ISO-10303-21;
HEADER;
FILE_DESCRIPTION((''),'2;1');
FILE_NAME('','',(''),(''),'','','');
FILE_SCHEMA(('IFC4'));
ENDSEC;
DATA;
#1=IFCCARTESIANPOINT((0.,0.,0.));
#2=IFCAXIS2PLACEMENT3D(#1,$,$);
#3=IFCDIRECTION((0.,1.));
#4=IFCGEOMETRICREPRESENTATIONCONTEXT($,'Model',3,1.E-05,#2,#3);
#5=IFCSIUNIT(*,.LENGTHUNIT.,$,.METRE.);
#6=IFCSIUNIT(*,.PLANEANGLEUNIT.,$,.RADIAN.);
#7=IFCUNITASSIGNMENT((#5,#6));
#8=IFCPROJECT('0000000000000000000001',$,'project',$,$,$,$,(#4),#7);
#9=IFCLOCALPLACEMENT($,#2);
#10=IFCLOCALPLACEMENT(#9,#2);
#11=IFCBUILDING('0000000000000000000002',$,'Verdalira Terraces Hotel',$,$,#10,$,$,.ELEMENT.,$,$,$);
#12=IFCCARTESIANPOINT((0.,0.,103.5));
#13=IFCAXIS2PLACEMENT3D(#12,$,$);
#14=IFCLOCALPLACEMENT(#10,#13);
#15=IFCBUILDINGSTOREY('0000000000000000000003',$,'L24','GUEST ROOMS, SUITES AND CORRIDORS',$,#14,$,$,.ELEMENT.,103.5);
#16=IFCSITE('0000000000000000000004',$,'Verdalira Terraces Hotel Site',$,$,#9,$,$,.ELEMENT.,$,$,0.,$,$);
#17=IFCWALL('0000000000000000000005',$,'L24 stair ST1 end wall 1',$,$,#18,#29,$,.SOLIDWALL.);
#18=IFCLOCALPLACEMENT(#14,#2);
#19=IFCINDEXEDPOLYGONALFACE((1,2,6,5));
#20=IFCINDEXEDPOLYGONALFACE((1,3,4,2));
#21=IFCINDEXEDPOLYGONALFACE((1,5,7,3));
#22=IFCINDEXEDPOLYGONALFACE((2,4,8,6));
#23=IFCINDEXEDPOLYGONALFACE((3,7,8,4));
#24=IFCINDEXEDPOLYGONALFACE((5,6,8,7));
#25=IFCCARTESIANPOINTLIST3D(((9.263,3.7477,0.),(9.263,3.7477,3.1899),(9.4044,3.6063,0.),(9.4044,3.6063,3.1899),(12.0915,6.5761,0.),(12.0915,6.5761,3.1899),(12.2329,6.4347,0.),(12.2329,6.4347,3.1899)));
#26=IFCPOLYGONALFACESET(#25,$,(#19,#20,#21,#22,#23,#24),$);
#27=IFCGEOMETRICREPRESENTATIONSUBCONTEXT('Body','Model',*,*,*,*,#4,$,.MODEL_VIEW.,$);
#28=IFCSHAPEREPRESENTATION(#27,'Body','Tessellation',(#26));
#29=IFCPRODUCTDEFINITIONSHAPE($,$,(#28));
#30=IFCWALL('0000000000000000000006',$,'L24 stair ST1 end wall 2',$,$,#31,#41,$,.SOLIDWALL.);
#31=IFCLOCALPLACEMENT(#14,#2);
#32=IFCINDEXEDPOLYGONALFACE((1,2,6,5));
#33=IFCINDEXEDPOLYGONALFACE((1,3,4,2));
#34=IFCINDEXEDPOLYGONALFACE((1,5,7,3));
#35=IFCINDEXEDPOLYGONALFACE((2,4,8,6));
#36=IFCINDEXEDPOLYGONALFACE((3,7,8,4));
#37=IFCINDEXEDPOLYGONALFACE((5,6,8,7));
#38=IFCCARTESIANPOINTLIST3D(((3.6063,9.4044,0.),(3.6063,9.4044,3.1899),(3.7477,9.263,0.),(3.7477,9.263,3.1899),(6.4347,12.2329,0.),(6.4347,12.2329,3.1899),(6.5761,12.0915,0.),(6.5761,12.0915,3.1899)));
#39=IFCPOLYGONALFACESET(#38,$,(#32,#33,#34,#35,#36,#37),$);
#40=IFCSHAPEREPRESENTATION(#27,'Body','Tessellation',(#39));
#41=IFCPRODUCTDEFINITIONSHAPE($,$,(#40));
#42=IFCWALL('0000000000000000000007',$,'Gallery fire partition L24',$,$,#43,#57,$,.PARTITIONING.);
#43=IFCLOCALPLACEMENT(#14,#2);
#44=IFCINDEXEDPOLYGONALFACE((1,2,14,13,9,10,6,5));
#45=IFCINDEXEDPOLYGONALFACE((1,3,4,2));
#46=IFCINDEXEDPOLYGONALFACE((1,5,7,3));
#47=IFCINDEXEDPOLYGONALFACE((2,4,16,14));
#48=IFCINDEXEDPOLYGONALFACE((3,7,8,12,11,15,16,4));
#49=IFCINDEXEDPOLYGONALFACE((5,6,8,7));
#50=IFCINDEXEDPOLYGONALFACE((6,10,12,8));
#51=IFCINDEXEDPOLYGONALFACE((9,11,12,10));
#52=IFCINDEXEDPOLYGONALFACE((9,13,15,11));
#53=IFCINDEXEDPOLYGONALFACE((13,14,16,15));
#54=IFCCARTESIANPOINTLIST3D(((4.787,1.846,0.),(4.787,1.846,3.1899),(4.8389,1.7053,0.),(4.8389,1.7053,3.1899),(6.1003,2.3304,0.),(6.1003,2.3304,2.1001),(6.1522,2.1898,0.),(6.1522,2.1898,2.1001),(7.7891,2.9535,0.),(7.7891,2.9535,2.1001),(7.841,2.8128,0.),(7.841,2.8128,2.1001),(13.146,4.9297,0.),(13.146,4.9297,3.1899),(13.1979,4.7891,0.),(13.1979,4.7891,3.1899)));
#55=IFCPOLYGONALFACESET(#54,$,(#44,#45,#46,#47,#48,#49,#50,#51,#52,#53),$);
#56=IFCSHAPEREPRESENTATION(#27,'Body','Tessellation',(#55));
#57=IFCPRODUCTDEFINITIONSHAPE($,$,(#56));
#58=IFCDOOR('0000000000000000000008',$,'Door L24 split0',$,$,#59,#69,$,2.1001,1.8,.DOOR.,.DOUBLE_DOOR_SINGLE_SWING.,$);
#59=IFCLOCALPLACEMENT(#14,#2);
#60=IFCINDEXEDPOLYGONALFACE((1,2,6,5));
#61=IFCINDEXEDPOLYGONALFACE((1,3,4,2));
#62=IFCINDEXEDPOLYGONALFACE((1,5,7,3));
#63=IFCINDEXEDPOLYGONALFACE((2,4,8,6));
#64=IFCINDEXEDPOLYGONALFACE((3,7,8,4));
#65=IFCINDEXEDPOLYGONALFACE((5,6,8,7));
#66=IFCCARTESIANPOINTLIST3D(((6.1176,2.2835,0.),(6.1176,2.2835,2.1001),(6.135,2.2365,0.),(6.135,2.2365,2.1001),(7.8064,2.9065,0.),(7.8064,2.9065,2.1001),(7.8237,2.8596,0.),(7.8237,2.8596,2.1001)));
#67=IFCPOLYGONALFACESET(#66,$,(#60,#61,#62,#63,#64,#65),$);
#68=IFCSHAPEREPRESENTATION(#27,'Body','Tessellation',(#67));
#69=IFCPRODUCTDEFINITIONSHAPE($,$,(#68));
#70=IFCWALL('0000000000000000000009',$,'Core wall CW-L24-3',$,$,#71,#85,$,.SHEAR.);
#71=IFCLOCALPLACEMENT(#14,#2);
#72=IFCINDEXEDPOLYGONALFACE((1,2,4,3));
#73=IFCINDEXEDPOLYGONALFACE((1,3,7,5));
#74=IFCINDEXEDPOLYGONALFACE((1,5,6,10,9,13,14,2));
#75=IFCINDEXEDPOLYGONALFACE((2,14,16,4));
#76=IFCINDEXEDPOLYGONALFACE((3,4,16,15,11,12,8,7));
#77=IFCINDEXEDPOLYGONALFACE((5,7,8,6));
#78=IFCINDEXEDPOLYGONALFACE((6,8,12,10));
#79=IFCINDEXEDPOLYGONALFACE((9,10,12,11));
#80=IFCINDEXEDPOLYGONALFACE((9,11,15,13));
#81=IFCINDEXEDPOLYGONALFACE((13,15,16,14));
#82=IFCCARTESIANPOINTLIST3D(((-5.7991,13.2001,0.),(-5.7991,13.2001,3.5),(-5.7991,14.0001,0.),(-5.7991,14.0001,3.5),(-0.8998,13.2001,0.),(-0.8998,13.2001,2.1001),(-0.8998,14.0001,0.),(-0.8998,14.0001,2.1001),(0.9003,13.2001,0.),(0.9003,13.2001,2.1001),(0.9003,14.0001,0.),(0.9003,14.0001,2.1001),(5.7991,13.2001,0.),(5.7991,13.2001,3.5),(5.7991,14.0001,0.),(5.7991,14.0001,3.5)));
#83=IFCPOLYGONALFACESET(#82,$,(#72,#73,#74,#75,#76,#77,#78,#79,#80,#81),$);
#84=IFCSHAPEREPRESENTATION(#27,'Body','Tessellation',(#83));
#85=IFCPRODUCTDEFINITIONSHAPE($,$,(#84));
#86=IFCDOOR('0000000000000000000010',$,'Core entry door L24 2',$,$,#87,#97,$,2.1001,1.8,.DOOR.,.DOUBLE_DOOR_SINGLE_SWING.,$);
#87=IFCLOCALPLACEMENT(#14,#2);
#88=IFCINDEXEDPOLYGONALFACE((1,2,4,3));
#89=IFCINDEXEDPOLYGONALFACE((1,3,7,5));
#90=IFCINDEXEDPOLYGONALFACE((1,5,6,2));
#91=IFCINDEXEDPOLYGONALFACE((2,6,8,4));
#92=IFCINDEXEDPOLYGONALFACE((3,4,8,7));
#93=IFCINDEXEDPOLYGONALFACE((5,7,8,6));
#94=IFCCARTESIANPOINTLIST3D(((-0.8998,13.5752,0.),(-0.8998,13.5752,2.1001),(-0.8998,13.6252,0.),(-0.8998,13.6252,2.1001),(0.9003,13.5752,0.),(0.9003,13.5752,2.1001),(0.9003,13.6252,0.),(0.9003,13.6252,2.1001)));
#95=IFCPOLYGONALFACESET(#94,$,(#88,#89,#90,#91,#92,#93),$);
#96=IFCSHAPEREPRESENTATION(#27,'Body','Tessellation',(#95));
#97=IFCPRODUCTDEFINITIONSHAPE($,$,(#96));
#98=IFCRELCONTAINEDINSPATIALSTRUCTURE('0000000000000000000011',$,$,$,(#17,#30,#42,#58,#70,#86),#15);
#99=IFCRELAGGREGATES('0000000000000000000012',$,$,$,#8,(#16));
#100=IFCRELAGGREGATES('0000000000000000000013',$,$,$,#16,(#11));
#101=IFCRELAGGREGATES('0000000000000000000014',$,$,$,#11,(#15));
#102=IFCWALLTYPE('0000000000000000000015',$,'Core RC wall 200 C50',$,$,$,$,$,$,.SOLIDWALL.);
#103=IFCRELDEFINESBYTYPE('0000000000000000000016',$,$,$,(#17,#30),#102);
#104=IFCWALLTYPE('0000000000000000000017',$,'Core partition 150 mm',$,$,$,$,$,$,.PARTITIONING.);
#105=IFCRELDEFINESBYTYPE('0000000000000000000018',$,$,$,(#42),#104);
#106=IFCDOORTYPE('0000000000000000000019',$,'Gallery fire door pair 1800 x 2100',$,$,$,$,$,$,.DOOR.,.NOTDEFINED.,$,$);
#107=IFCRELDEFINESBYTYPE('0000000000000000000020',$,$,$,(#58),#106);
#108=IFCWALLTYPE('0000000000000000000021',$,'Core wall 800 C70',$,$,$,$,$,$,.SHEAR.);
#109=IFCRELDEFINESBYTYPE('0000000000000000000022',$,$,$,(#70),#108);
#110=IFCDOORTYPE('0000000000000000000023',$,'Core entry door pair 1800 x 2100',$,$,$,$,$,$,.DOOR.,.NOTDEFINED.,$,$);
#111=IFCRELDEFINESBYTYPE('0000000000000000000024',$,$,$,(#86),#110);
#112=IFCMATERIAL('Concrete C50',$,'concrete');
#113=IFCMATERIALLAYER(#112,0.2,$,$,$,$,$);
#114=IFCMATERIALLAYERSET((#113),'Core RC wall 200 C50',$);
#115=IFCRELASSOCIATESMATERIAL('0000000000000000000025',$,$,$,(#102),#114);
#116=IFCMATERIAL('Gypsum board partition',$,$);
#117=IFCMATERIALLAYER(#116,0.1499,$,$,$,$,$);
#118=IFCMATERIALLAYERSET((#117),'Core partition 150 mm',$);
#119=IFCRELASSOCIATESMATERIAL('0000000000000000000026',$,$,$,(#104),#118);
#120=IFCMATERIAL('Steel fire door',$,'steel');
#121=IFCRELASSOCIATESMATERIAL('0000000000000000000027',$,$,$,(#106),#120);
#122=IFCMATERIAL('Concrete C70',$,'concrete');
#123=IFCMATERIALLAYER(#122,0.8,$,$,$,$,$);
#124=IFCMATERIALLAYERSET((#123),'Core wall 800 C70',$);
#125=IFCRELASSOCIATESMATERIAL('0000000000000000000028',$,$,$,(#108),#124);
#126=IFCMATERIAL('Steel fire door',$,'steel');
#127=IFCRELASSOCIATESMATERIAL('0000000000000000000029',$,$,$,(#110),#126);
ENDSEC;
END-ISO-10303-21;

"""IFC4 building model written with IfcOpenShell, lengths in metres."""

from ifc_helpers import new_model, si_unit, direction, frame, frame_2d, origin, place, context, subcontext, project, spatial, rectangle, extrude, material, layer, layer_set, type_object, element, fill, save


model = new_model("IFC4")

# Units and contexts
model_context = context("Model", 3, precision=1e-05, world=origin(), true_north=direction((0.0, 1.0)))
body_context = subcontext(model_context, "Body", "Model", "MODEL_VIEW")
ifc_project = project(units=[si_unit("LENGTHUNIT", "METRE"), si_unit("PLANEANGLEUNIT", "RADIAN")], contexts=[model_context])

# Site, building, storey
site_placement = place(None, origin())
site = spatial("IfcSite", under=ifc_project, at=site_placement, Name="Verdalira Terraces Hotel Site", CompositionType="ELEMENT", RefElevation=0.0)
building_placement = place(site_placement, origin())
building = spatial("IfcBuilding", under=site, at=building_placement, Name="Verdalira Terraces Hotel", CompositionType="ELEMENT")
storey_placement = place(building_placement, frame((0.0, 0.0, 103.5)))
storey = spatial("IfcBuildingStorey", under=building, at=storey_placement, Name="L24", Description="GUEST ROOMS, SUITES AND CORRIDORS", CompositionType="ELEMENT", Elevation=103.5)

# Shared definitions
ifc_material_1 = material(Name="Concrete C50", Category="concrete")
ifc_layer_1 = layer(ifc_material_1, 0.2)
ifc_layer_set_1 = layer_set([ifc_layer_1], Name="Core RC wall 200 C50")
wall_type_1 = type_object("IfcWallType", Name="Core RC wall 200 C50", PredefinedType="SOLIDWALL", material=ifc_layer_set_1)

# Walls
for number, where, z_axis, x_axis, name in (
    (1, (9.3337, 3.677, 0.0), (0.0, 0.0, 1.0), (0.707107, 0.707107, 0.0), "L24 stair ST1 end wall 1"),
    (2, (3.677, 9.3337, 0.0), (0.0, 0.0, 1.0), (0.707107, 0.707107, 0.0), "L24 stair ST1 end wall 2"),
):
    element("IfcWall", number, at=place(storey_placement, frame(where, z_axis=z_axis, x_axis=x_axis)), inside=storey, type_object=wall_type_1, Name=name, PredefinedType="SOLIDWALL", context=body_context, shape_type="SweptSolid", body=[
        extrude(rectangle(XDim=4.0, YDim=0.2, at=frame_2d((2.0, 0.0))), origin(), (0.0, 0.0, 1.0), 3.1899),
    ])

# Walls, openings, doors
ifc_material_2 = material(Name="Gypsum board partition")
ifc_layer_2 = layer(ifc_material_2, 0.1499)
ifc_layer_set_2 = layer_set([ifc_layer_2], Name="Core partition 150 mm")
wall_type_2 = type_object("IfcWallType", Name="Core partition 150 mm", PredefinedType="PARTITIONING", material=ifc_layer_set_2)
wall_1_placement = place(storey_placement, frame((4.813, 1.7756, 0.0), z_axis=(0.0, 0.0, 1.0), x_axis=(0.938192, 0.346115, 0.0)))
wall_1 = element("IfcWall", 3, at=wall_1_placement, inside=storey, type_object=wall_type_2, Name="Gallery fire partition L24", PredefinedType="PARTITIONING", context=body_context, shape_type="SweptSolid", body=[
    extrude(rectangle(XDim=8.9097, YDim=0.1499, at=frame_2d((4.4548, 0.0))), origin(), (0.0, 0.0, 1.0), 3.1899),
])
opening_1_placement = place(wall_1_placement, frame((1.3999, 0.0, 0.0)))
opening_1 = element("IfcOpeningElement", 4, at=opening_1_placement, cuts=wall_1, PredefinedType="OPENING", context=body_context, shape_type="SweptSolid", body=[
    extrude(rectangle(XDim=1.8, YDim=2.1001, at=frame_2d((0.8999, 1.05))), frame((0.0, 0.085, 0.0), z_axis=(0.0, -1.0, 0.0), x_axis=(1.0, 0.0, 0.0)), (0.0, 0.0, 1.0), 0.1699),
])
ifc_material_3 = material(Name="Steel fire door", Category="steel")
door_type_1 = type_object("IfcDoorType", Name="Gallery fire door pair 1800 x 2100", OperationType="NOTDEFINED", PredefinedType="DOOR", material=ifc_material_3)
door_1_placement = place(opening_1_placement, origin())
door_1 = element("IfcDoor", 5, at=door_1_placement, inside=storey, type_object=door_type_1, Name="Door L24 split0", OperationType="DOUBLE_DOOR_SINGLE_SWING", OverallHeight=2.1001, OverallWidth=1.8, PredefinedType="DOOR", context=body_context, shape_type="SweptSolid", body=[
    extrude(rectangle(XDim=1.8, YDim=2.1001, at=frame_2d((0.8999, 1.05))), frame((0.0, 0.0249, 0.0), z_axis=(0.0, -1.0, 0.0), x_axis=(1.0, 0.0, 0.0)), (0.0, 0.0, 1.0), 0.05),
])
fill(opening_1, door_1)
ifc_material_4 = material(Name="Concrete C70", Category="concrete")
ifc_layer_3 = layer(ifc_material_4, 0.8)
ifc_layer_set_3 = layer_set([ifc_layer_3], Name="Core wall 800 C70")
wall_type_3 = type_object("IfcWallType", Name="Core wall 800 C70", PredefinedType="SHEAR", material=ifc_layer_set_3)
wall_2_placement = place(storey_placement, frame((5.7991, 13.6001, 0.0), z_axis=(0.0, 0.0, 1.0), x_axis=(-1.0, 0.0, 0.0)))
wall_2 = element("IfcWall", 6, at=wall_2_placement, inside=storey, type_object=wall_type_3, Name="Core wall CW-L24-3", PredefinedType="SHEAR", context=body_context, shape_type="SweptSolid", body=[
    extrude(rectangle(XDim=11.5981, YDim=0.8, at=frame_2d((5.7991, 0.0))), origin(), (0.0, 0.0, 1.0), 3.5),
])
opening_2_placement = place(wall_2_placement, frame((4.8989, 0.0, 0.0)))
opening_2 = element("IfcOpeningElement", 7, at=opening_2_placement, cuts=wall_2, PredefinedType="OPENING", context=body_context, shape_type="SweptSolid", body=[
    extrude(rectangle(XDim=1.8, YDim=2.1001, at=frame_2d((0.8999, 1.05))), frame((0.0, 0.4099, 0.0), z_axis=(0.0, -1.0, 0.0), x_axis=(1.0, 0.0, 0.0)), (0.0, 0.0, 1.0), 0.8201),
])
ifc_material_5 = material(Name="Steel fire door", Category="steel")
door_type_2 = type_object("IfcDoorType", Name="Core entry door pair 1800 x 2100", OperationType="NOTDEFINED", PredefinedType="DOOR", material=ifc_material_5)
door_2_placement = place(opening_2_placement, origin())
door_2 = element("IfcDoor", 8, at=door_2_placement, inside=storey, type_object=door_type_2, Name="Core entry door L24 2", OperationType="DOUBLE_DOOR_SINGLE_SWING", OverallHeight=2.1001, OverallWidth=1.8, PredefinedType="DOOR", context=body_context, shape_type="SweptSolid", body=[
    extrude(rectangle(XDim=1.8, YDim=2.1001, at=frame_2d((0.8999, 1.05))), frame((0.0, 0.0249, 0.0), z_axis=(0.0, -1.0, 0.0), x_axis=(1.0, 0.0, 0.0)), (0.0, 0.0, 1.0), 0.05),
])
fill(opening_2, door_2)

save(model, "model.ifc")
